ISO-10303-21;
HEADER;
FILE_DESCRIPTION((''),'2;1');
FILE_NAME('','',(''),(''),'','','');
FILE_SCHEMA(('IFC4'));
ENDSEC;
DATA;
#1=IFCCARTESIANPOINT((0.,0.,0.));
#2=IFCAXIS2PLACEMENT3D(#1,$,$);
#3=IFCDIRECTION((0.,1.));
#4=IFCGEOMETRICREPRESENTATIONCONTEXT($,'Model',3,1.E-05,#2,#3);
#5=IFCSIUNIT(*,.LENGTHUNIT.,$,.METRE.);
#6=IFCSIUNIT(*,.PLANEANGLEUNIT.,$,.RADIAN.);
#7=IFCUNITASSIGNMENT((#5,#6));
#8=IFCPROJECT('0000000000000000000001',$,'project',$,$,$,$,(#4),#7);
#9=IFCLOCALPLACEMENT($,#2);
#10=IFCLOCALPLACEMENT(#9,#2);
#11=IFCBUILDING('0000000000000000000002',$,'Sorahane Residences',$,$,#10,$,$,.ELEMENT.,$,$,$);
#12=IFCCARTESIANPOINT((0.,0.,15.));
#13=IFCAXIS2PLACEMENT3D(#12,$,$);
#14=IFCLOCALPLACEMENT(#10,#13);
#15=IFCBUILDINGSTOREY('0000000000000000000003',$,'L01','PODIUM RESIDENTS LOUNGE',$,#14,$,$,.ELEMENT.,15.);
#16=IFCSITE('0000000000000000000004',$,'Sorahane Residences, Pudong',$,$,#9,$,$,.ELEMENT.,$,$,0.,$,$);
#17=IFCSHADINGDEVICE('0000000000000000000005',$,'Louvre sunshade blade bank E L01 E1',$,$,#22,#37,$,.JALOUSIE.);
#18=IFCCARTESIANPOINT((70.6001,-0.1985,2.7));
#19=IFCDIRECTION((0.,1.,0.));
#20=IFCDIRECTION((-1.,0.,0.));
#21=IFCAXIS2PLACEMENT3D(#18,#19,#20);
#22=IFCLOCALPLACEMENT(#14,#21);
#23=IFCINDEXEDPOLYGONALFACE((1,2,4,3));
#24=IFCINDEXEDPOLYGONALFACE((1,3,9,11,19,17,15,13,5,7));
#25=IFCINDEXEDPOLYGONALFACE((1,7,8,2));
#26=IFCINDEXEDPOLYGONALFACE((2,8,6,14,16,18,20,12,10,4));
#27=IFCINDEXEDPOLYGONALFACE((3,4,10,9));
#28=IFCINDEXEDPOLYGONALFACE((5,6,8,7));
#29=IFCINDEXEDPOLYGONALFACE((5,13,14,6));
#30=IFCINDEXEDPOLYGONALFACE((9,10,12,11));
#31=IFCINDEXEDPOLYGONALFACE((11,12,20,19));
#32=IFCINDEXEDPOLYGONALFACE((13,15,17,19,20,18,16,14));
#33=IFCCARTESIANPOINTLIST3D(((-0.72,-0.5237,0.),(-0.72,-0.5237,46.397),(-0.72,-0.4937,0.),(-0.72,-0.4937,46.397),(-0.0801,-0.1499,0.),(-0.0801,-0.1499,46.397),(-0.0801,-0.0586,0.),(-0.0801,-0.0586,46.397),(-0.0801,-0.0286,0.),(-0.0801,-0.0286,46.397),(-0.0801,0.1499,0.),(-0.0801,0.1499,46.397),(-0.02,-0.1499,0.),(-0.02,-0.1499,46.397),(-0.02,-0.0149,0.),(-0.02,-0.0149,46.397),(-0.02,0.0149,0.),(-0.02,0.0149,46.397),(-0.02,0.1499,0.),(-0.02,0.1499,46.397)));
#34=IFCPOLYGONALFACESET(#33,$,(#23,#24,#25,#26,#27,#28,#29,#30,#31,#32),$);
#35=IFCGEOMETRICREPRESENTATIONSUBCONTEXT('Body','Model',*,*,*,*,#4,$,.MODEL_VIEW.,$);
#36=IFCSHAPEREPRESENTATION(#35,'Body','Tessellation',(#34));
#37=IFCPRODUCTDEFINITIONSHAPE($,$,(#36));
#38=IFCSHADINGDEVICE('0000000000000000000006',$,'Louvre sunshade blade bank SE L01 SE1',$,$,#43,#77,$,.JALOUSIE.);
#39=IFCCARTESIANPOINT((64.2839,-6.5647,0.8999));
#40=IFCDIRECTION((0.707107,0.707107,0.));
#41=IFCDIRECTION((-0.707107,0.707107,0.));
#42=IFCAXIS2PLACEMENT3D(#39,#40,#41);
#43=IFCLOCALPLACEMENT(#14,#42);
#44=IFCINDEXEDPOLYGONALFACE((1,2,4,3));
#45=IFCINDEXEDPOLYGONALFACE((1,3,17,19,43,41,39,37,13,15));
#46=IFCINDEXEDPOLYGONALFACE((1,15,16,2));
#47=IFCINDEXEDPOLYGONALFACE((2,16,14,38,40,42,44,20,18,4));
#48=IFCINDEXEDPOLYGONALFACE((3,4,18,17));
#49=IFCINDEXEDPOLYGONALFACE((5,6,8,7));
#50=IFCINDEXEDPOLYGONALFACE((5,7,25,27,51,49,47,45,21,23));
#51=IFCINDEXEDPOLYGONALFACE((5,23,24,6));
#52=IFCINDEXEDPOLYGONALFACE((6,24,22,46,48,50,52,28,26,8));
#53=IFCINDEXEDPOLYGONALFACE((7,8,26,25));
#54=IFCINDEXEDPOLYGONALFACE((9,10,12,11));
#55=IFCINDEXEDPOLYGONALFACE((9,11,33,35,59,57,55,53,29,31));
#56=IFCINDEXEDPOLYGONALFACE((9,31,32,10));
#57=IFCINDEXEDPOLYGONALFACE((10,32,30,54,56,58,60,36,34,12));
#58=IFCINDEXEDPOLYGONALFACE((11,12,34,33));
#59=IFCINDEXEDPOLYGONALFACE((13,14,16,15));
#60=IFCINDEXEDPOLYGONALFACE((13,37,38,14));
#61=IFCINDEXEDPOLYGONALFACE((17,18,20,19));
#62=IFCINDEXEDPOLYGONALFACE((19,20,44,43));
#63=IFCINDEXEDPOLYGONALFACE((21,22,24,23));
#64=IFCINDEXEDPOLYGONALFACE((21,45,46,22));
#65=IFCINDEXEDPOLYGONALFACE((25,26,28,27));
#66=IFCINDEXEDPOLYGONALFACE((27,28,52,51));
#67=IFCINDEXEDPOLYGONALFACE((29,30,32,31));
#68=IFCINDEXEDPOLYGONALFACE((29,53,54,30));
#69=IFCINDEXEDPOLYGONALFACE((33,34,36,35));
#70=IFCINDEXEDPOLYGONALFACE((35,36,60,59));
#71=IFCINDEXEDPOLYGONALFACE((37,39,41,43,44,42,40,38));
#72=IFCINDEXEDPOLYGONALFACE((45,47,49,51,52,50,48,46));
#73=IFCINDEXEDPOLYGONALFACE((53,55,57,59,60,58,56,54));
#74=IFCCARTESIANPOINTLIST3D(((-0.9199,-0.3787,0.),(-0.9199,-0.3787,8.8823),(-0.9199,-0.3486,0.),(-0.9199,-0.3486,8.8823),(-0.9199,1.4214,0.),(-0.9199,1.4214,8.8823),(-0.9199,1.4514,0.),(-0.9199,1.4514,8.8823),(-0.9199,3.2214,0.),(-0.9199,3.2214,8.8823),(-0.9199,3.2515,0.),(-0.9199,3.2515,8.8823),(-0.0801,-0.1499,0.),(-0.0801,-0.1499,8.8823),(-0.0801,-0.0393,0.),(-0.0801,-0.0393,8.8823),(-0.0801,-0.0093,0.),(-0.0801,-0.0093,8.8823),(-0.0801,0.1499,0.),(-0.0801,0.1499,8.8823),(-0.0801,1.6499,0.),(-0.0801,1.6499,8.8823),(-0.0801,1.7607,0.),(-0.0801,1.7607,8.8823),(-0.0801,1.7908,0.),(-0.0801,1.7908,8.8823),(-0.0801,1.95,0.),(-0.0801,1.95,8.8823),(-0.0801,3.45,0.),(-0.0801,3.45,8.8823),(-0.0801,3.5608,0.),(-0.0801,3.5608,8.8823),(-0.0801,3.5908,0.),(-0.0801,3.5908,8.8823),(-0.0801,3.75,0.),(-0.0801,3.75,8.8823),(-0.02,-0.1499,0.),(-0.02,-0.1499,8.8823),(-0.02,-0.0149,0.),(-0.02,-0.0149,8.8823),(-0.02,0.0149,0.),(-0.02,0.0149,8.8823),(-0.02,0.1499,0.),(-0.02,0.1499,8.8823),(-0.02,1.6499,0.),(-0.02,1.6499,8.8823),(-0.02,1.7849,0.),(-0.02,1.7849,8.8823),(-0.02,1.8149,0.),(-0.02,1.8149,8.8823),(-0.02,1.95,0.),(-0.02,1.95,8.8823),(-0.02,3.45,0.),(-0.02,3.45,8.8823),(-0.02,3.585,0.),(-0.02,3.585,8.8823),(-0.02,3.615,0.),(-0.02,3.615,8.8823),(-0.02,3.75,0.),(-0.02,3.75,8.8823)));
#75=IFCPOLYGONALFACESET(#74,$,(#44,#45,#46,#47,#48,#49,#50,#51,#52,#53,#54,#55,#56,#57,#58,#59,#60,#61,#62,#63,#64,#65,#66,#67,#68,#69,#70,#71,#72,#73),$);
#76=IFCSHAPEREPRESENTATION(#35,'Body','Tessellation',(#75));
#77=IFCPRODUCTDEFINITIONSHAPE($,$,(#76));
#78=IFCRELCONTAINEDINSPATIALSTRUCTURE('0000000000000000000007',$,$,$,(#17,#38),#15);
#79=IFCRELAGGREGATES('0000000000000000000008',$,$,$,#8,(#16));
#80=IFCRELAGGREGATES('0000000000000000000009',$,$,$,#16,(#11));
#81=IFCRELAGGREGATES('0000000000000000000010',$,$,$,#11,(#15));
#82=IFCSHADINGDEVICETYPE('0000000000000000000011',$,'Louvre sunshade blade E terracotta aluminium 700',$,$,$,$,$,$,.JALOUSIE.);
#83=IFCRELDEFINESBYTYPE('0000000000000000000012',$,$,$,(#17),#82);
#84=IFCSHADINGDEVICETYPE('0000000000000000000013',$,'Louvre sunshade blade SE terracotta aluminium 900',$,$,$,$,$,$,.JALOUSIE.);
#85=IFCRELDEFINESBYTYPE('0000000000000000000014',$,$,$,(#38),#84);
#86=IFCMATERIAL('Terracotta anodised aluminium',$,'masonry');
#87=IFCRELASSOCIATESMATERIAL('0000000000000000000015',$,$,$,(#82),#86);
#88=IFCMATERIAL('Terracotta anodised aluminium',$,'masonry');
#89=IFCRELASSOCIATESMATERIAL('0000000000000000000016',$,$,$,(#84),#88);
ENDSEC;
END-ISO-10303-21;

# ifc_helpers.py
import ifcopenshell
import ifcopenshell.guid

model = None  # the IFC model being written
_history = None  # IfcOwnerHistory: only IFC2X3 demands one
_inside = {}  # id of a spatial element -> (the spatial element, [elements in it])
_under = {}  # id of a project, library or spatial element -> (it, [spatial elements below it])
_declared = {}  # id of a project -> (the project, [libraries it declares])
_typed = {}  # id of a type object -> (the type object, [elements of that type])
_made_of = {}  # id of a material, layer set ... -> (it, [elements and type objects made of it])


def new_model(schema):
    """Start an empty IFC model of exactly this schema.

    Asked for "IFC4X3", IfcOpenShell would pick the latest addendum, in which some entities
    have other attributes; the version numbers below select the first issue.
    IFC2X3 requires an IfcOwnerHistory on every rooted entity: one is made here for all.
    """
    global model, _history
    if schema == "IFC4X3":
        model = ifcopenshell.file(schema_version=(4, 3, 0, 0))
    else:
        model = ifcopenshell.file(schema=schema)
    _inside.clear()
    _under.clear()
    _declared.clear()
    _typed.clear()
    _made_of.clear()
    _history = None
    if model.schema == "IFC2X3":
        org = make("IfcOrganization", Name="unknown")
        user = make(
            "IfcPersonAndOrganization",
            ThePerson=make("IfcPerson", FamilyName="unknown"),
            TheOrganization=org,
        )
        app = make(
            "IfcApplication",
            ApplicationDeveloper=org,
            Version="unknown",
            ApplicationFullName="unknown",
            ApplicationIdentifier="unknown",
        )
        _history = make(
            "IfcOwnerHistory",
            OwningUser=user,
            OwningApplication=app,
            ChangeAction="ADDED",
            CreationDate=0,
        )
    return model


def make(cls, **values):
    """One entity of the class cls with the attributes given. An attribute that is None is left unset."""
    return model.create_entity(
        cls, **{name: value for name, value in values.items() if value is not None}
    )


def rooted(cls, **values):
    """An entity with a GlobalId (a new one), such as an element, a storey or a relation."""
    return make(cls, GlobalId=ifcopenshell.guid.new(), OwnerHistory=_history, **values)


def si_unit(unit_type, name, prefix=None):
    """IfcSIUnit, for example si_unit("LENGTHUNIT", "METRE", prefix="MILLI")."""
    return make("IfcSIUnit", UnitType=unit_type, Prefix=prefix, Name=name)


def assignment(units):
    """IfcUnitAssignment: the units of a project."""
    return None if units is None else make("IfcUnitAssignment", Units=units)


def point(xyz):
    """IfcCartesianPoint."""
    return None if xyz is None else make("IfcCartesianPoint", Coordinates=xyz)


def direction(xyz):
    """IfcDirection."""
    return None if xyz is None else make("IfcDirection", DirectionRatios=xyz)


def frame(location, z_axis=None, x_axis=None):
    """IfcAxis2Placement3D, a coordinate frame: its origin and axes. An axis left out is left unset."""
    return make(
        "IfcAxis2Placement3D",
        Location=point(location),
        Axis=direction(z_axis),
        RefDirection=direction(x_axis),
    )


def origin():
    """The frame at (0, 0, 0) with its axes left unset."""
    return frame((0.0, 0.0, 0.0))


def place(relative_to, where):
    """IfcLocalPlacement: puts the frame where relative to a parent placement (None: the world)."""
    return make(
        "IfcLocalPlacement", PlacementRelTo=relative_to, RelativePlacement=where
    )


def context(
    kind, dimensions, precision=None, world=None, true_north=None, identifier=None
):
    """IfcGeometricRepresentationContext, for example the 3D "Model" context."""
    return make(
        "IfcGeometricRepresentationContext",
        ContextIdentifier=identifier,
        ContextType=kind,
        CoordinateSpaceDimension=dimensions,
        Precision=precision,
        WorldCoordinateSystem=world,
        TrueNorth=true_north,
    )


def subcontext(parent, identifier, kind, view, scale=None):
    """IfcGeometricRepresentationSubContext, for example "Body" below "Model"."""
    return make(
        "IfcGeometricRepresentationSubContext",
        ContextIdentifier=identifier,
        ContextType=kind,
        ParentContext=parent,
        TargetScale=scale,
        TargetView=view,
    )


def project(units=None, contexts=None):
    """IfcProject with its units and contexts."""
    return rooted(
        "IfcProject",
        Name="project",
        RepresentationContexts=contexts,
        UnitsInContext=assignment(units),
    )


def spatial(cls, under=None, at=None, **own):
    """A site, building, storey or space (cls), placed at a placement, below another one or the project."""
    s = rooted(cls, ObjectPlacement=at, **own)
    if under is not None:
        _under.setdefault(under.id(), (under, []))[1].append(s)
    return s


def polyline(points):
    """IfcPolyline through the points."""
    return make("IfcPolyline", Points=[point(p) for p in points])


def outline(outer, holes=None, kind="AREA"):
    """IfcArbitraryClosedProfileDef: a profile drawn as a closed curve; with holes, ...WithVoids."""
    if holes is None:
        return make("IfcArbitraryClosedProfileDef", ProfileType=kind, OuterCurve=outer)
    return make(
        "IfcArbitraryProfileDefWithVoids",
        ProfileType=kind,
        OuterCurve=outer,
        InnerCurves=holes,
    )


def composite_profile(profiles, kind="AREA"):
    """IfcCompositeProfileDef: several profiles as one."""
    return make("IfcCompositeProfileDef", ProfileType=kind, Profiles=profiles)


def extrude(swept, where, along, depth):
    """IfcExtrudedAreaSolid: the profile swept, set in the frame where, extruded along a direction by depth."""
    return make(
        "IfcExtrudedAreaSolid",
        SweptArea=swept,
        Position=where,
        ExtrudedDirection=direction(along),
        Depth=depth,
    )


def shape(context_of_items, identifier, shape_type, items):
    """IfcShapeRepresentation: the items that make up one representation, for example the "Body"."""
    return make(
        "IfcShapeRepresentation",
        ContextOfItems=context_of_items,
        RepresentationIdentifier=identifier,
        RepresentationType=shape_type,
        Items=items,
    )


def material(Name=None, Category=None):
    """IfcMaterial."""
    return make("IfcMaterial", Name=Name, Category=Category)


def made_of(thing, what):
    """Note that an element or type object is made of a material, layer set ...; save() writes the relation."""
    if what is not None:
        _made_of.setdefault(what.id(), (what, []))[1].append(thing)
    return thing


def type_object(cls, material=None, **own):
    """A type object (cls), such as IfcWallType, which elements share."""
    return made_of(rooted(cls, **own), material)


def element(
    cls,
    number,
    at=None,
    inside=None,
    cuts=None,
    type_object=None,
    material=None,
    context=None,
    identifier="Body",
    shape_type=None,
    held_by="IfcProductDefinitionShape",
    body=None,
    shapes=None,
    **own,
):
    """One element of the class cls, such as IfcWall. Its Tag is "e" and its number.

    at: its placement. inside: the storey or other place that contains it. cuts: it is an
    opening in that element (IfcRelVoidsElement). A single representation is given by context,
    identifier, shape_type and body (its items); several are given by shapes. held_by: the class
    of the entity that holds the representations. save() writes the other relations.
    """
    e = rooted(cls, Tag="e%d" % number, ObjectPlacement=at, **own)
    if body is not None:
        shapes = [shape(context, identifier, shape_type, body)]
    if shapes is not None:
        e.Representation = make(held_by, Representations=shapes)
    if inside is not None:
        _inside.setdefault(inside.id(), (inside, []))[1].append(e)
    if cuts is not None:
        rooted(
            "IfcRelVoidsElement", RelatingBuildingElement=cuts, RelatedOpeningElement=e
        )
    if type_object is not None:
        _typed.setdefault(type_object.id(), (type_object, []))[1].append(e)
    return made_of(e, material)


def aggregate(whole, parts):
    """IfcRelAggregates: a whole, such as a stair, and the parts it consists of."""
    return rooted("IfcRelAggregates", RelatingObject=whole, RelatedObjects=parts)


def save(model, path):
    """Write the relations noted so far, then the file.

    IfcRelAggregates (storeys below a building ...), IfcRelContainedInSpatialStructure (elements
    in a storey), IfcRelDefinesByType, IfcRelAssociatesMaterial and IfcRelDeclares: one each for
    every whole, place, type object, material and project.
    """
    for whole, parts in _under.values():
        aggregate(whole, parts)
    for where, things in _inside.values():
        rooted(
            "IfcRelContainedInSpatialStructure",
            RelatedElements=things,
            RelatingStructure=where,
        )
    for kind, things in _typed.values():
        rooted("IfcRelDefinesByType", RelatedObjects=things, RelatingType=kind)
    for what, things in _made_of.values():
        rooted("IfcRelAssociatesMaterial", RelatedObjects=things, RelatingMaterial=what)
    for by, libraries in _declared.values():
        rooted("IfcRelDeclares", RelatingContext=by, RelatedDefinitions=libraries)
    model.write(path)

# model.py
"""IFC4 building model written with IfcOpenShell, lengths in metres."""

from ifc_helpers import new_model, si_unit, direction, frame, origin, place, context, subcontext, project, spatial, polyline, outline, composite_profile, extrude, material, type_object, element, save


model = new_model("IFC4")

# Units and contexts
model_context = context("Model", 3, precision=1e-05, world=origin(), true_north=direction((0.0, 1.0)))
body_context = subcontext(model_context, "Body", "Model", "MODEL_VIEW")
ifc_project = project(units=[si_unit("LENGTHUNIT", "METRE"), si_unit("PLANEANGLEUNIT", "RADIAN")], contexts=[model_context])

# Site, building, storey
site_placement = place(None, origin())
site = spatial("IfcSite", under=ifc_project, at=site_placement, Name="Sorahane Residences, Pudong", CompositionType="ELEMENT", RefElevation=0.0)
building_placement = place(site_placement, origin())
building = spatial("IfcBuilding", under=site, at=building_placement, Name="Sorahane Residences", CompositionType="ELEMENT")
storey_placement = place(building_placement, frame((0.0, 0.0, 15.0)))
storey = spatial("IfcBuildingStorey", under=building, at=storey_placement, Name="L01", Description="PODIUM RESIDENTS LOUNGE", CompositionType="ELEMENT", Elevation=15.0)

# Shading devices
ifc_material_1 = material(Name="Terracotta anodised aluminium", Category="masonry")
shading_device_type_1 = type_object("IfcShadingDeviceType", Name="Louvre sunshade blade E terracotta aluminium 700", PredefinedType="JALOUSIE", material=ifc_material_1)
shading_device_1_placement = place(storey_placement, frame((70.6001, -0.1985, 2.7), z_axis=(0.0, 1.0, 0.0), x_axis=(-1.0, 0.0, 0.0)))
element("IfcShadingDevice", 1, at=shading_device_1_placement, inside=storey, type_object=shading_device_type_1, Name="Louvre sunshade blade bank E L01 E1", PredefinedType="JALOUSIE", context=body_context, shape_type="SweptSolid", body=[
    extrude(outline(polyline([(-0.72, -0.4937), (-0.72, -0.5237), (-0.0801, -0.0586), (-0.0801, -0.1499), (-0.02, -0.1499), (-0.02, -0.0149), (-0.02, 0.0149), (-0.02, 0.1499), (-0.0801, 0.1499), (-0.0801, -0.0286), (-0.72, -0.4937)])), origin(), (0.0, 0.0, 1.0), 46.397),
])
ifc_material_2 = material(Name="Terracotta anodised aluminium", Category="masonry")
shading_device_type_2 = type_object("IfcShadingDeviceType", Name="Louvre sunshade blade SE terracotta aluminium 900", PredefinedType="JALOUSIE", material=ifc_material_2)
shading_device_2_placement = place(storey_placement, frame((64.2839, -6.5647, 0.8999), z_axis=(0.707107, 0.707107, 0.0), x_axis=(-0.707107, 0.707107, 0.0)))
element("IfcShadingDevice", 2, at=shading_device_2_placement, inside=storey, type_object=shading_device_type_2, Name="Louvre sunshade blade bank SE L01 SE1", PredefinedType="JALOUSIE", context=body_context, shape_type="SweptSolid", body=[
    extrude(composite_profile([outline(polyline([(-0.9199, -0.3486), (-0.9199, -0.3787), (-0.0801, -0.0393), (-0.0801, -0.1499), (-0.02, -0.1499), (-0.02, -0.0149), (-0.02, 0.0149), (-0.02, 0.1499), (-0.0801, 0.1499), (-0.0801, -0.0093), (-0.9199, -0.3486)])), outline(polyline([(-0.9199, 1.4514), (-0.9199, 1.4214), (-0.0801, 1.7607), (-0.0801, 1.6499), (-0.02, 1.6499), (-0.02, 1.7849), (-0.02, 1.8149), (-0.02, 1.95), (-0.0801, 1.95), (-0.0801, 1.7908), (-0.9199, 1.4514)])), outline(polyline([(-0.9199, 3.2515), (-0.9199, 3.2214), (-0.0801, 3.5608), (-0.0801, 3.45), (-0.02, 3.45), (-0.02, 3.585), (-0.02, 3.615), (-0.02, 3.75), (-0.0801, 3.75), (-0.0801, 3.5908), (-0.9199, 3.2515)]))]), origin(), (0.0, 0.0, 1.0), 8.8823),
])

save(model, "model.ifc")
